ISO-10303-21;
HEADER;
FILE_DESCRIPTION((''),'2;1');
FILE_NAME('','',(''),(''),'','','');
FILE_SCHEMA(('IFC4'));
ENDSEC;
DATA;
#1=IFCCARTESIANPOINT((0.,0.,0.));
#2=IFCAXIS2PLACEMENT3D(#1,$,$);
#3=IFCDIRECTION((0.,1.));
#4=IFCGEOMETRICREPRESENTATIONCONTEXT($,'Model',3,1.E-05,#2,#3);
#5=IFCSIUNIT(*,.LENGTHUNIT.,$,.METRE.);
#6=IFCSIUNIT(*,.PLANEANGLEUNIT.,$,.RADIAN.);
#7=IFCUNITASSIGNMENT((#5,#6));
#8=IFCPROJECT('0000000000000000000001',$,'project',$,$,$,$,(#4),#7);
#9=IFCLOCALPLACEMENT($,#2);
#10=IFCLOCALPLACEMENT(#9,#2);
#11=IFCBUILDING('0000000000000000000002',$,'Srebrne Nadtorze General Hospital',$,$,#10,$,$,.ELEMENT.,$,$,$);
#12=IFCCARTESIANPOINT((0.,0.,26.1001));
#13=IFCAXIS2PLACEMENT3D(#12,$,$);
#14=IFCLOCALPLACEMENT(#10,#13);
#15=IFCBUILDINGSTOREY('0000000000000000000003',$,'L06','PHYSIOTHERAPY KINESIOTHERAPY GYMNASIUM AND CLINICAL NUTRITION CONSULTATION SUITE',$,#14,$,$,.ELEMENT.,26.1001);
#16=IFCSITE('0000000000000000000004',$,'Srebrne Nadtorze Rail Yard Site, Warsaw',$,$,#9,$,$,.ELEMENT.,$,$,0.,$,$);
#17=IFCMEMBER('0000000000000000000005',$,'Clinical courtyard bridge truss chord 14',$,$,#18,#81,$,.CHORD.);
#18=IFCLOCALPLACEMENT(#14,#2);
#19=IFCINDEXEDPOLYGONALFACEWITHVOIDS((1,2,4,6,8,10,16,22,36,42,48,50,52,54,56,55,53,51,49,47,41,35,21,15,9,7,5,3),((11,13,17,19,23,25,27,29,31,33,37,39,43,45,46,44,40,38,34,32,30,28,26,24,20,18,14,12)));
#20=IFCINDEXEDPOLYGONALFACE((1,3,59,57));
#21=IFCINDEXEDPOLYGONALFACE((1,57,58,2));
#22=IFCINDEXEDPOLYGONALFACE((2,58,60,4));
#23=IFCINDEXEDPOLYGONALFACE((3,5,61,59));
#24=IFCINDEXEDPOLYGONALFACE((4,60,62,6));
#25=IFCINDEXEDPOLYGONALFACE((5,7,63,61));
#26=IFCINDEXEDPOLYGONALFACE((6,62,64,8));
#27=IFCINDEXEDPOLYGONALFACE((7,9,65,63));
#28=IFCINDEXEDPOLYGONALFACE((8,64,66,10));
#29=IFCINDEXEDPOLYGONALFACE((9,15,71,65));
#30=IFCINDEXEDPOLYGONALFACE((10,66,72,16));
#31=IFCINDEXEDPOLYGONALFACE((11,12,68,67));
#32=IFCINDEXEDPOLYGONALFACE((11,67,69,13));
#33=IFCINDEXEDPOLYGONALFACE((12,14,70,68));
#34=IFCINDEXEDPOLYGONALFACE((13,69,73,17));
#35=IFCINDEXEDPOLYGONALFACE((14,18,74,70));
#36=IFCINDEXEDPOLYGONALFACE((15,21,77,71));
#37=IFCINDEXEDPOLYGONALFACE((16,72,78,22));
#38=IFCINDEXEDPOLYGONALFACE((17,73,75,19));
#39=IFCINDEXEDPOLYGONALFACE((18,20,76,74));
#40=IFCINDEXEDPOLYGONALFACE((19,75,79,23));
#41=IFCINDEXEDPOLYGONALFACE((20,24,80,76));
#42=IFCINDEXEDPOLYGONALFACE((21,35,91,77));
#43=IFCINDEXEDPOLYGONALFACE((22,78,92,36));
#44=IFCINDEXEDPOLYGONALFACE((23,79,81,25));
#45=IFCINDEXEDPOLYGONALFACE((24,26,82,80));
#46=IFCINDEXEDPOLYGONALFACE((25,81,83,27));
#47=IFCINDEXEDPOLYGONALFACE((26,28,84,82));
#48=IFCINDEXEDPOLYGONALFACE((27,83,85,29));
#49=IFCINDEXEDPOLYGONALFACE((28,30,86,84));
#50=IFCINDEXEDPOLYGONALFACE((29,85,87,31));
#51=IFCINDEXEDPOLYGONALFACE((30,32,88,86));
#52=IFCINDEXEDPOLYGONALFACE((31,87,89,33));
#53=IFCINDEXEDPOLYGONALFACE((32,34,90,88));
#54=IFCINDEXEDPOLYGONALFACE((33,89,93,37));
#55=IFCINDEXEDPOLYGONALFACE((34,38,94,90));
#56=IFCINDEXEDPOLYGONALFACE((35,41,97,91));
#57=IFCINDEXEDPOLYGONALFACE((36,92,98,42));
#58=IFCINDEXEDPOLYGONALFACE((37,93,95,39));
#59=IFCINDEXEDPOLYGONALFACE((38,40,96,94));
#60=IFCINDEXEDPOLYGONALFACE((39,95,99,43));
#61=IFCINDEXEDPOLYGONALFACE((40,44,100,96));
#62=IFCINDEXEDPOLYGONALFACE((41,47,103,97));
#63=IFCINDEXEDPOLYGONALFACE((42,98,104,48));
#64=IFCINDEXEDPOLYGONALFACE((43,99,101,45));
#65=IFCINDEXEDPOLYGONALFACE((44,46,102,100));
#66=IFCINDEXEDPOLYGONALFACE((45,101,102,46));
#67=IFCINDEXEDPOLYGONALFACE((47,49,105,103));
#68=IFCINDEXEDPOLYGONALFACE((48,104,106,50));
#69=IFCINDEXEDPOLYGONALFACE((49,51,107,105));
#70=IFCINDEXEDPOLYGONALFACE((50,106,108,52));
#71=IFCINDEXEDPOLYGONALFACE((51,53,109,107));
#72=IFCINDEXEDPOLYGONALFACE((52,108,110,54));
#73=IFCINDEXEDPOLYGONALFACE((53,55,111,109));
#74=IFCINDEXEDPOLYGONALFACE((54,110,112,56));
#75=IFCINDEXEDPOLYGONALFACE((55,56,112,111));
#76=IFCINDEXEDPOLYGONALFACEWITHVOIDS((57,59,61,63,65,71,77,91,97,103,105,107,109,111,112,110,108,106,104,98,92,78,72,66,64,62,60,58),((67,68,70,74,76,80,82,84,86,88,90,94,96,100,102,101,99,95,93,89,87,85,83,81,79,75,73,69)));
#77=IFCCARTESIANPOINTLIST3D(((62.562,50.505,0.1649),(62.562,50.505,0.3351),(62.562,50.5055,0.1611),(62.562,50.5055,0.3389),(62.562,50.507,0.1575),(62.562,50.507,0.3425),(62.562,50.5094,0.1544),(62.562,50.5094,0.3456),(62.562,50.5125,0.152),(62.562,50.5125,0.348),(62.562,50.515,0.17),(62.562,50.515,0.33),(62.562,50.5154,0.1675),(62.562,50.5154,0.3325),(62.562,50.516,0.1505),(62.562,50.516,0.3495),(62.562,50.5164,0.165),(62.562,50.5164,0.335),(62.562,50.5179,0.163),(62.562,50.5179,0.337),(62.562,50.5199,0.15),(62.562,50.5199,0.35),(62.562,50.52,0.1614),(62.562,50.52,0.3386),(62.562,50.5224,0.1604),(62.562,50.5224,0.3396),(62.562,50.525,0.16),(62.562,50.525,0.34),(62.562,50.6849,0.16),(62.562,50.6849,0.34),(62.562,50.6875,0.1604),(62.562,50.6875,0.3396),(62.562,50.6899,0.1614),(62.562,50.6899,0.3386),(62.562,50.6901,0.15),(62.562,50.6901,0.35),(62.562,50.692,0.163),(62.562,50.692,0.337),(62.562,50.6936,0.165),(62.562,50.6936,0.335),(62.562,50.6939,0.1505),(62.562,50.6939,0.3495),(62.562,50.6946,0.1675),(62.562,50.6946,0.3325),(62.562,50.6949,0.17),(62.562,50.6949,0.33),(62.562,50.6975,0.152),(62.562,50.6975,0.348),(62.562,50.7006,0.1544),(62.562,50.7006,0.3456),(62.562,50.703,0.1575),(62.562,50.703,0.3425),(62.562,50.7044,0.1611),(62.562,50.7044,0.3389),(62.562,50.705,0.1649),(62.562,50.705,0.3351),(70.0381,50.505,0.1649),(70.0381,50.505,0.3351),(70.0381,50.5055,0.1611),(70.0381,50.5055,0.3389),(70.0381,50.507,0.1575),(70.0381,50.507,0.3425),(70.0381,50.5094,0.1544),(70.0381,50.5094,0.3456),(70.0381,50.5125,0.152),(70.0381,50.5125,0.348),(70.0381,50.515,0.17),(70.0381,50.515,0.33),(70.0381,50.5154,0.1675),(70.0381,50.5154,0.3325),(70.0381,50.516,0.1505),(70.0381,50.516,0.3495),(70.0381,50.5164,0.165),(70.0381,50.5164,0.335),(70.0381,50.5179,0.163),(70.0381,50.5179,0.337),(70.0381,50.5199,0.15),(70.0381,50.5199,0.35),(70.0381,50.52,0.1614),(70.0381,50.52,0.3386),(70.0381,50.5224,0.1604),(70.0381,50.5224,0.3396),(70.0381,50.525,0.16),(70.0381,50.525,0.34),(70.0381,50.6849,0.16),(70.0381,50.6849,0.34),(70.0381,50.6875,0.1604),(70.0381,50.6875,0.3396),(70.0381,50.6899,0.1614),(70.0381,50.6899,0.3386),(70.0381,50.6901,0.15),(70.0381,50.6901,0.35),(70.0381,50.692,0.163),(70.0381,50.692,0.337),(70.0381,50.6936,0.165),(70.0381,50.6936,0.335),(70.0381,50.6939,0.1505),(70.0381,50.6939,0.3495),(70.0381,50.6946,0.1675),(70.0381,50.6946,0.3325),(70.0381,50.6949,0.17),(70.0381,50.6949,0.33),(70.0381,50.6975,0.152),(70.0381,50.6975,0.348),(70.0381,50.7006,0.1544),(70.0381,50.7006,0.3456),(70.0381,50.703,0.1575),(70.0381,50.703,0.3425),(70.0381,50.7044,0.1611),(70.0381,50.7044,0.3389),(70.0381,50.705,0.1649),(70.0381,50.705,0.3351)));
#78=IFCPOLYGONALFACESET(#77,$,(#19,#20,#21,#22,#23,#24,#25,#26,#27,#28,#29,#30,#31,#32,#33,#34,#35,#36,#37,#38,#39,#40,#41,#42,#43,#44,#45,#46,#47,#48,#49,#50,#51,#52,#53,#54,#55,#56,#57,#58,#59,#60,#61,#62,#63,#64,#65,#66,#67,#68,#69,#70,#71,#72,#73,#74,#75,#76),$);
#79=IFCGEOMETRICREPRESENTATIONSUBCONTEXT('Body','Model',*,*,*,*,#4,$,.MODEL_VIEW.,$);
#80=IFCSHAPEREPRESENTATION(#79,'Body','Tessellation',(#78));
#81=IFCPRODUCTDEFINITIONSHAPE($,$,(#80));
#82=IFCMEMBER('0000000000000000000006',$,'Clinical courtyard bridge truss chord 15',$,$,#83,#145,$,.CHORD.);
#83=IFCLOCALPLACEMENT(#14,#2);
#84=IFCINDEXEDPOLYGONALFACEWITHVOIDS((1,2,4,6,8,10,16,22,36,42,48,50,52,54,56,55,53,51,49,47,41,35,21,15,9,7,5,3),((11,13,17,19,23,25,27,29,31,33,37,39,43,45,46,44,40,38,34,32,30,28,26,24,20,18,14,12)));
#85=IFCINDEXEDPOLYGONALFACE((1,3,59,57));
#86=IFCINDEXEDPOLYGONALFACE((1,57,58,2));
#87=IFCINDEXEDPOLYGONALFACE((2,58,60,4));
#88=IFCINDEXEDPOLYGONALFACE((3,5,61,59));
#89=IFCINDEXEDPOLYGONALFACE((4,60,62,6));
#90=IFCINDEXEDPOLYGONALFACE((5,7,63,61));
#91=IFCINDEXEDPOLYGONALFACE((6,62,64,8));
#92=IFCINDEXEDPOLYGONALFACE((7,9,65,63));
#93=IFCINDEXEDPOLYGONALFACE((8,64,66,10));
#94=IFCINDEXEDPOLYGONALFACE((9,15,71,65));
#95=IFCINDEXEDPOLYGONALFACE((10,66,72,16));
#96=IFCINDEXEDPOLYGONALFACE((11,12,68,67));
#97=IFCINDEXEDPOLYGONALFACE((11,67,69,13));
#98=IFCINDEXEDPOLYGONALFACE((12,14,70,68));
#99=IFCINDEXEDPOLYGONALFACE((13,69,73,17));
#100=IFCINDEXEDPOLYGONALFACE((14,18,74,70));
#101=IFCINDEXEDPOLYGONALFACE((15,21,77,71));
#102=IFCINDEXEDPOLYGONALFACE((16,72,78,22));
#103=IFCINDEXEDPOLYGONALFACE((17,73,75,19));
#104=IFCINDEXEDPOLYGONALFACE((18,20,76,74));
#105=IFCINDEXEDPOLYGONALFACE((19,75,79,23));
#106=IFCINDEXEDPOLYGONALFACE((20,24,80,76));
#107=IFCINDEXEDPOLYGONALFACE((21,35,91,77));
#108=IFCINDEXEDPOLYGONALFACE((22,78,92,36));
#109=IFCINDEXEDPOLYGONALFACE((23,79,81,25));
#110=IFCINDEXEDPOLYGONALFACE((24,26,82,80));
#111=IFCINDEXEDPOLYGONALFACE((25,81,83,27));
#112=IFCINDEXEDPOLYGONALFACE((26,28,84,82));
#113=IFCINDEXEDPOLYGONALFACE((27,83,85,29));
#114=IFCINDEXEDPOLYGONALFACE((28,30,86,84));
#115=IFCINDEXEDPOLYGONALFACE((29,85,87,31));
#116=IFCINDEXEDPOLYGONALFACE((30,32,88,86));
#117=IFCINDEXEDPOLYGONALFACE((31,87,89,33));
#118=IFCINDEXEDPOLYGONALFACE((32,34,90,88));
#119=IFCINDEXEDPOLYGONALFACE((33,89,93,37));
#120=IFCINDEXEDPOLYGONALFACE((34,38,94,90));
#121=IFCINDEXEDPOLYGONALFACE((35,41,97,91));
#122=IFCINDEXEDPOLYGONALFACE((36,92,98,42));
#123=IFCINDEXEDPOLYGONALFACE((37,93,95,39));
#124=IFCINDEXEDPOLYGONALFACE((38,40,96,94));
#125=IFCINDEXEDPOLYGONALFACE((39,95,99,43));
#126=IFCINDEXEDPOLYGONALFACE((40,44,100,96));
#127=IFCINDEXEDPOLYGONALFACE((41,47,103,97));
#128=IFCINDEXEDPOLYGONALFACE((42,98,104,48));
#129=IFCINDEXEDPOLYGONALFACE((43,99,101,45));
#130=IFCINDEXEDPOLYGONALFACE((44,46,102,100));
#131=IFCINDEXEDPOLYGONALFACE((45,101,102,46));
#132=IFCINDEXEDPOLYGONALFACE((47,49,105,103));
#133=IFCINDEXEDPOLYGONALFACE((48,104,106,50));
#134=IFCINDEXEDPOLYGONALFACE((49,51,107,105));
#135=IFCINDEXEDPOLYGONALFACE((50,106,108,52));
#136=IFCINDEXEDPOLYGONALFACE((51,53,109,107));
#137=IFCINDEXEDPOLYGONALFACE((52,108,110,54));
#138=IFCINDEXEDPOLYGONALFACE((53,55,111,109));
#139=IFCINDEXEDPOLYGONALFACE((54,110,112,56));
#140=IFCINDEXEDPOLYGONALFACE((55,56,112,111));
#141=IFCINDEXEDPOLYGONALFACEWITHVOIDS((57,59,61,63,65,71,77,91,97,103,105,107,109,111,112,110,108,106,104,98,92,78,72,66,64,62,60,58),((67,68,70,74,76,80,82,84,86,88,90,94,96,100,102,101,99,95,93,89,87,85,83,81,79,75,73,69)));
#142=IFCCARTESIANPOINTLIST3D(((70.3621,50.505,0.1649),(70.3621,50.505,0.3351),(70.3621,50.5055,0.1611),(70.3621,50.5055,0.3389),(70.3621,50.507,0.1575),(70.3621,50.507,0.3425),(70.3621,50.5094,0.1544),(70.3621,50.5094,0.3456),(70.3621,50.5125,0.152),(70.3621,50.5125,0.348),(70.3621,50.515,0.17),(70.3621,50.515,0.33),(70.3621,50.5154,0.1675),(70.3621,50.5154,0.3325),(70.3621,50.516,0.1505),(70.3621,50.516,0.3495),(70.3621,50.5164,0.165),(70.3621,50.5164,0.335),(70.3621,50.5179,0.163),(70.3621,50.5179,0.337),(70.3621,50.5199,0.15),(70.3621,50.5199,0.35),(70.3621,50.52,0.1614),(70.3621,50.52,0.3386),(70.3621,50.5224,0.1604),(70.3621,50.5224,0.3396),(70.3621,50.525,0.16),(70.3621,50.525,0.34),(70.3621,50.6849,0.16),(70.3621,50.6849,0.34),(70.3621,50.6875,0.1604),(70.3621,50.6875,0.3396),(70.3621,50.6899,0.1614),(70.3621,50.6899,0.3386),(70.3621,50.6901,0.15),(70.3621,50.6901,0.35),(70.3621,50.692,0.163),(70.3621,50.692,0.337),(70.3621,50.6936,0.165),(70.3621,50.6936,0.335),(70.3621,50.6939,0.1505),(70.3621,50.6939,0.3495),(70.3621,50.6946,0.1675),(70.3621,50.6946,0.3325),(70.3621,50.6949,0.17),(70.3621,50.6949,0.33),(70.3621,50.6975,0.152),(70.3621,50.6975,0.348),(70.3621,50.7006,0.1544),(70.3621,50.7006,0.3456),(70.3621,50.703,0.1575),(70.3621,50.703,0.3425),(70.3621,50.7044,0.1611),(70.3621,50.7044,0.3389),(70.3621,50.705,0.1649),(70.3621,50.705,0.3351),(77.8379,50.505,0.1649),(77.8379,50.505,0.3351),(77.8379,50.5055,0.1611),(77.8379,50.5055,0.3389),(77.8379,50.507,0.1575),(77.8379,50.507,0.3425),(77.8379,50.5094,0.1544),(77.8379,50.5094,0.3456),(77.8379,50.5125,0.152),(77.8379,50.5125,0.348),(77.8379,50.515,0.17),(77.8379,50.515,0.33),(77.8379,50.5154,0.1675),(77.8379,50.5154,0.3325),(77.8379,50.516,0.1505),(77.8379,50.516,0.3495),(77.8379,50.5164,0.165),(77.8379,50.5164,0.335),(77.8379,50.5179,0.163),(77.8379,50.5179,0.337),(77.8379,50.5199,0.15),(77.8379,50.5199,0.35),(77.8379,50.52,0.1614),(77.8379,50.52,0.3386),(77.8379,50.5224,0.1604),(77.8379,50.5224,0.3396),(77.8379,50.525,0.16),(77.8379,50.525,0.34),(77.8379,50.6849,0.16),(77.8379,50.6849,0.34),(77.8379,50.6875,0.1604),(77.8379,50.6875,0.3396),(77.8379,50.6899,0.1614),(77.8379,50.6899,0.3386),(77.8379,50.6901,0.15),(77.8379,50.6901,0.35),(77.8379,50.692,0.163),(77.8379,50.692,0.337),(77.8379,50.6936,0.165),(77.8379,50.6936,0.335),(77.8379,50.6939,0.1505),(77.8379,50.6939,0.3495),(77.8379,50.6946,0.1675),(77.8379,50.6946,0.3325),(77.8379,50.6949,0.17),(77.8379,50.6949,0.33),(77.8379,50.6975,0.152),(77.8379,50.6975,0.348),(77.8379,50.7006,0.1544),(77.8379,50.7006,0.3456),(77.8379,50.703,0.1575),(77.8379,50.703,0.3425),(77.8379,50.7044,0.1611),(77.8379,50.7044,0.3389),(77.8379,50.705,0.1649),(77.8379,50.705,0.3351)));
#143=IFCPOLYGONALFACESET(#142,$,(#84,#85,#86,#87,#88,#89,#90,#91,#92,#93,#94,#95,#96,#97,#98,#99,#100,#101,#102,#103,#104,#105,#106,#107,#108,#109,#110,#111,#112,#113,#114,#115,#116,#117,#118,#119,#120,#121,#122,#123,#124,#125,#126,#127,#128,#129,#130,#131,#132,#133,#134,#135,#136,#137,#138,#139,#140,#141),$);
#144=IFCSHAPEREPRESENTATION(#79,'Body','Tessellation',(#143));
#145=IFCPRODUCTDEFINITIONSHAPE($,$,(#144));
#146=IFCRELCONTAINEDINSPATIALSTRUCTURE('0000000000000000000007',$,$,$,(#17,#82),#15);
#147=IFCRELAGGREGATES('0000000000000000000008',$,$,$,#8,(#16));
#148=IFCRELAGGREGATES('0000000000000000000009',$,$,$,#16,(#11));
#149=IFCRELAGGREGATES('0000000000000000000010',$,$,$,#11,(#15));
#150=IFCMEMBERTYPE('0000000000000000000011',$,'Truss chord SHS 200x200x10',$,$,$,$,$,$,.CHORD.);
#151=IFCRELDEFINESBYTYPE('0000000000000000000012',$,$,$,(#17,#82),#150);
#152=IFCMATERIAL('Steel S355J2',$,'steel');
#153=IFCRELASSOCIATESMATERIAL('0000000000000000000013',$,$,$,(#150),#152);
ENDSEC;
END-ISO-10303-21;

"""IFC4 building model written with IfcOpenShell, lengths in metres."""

from ifc_helpers import new_model, si_unit, direction, frame, origin, origin_2d, place, context, subcontext, project, spatial, hollow_rectangle, extrude, material, material_profile, profile_set, type_object, element, save


model = new_model("IFC4")

# Units and contexts
model_context = context("Model", 3, precision=1e-05, world=origin(), true_north=direction((0.0, 1.0)))
body_context = subcontext(model_context, "Body", "Model", "MODEL_VIEW")
ifc_project = project(units=[si_unit("LENGTHUNIT", "METRE"), si_unit("PLANEANGLEUNIT", "RADIAN")], contexts=[model_context])

# Site, building, storey
site_placement = place(None, origin())
site = spatial("IfcSite", under=ifc_project, at=site_placement, Name="Srebrne Nadtorze Rail Yard Site, Warsaw", CompositionType="ELEMENT", RefElevation=0.0)
building_placement = place(site_placement, origin())
building = spatial("IfcBuilding", under=site, at=building_placement, Name="Srebrne Nadtorze General Hospital", CompositionType="ELEMENT")
storey_placement = place(building_placement, frame((0.0, 0.0, 26.1001)))
storey = spatial("IfcBuildingStorey", under=building, at=storey_placement, Name="L06", Description="PHYSIOTHERAPY KINESIOTHERAPY GYMNASIUM AND CLINICAL NUTRITION CONSULTATION SUITE", CompositionType="ELEMENT", Elevation=26.1001)

# Members
ifc_material_1 = material(Name="Steel S355J2", Category="steel")
ifc_material_profile_1 = material_profile(ifc_material_1, hollow_rectangle(XDim=0.2, YDim=0.2, WallThickness=0.01, InnerFilletRadius=0.01, OuterFilletRadius=0.0149, at=origin_2d()), Name="SHS-200x200x10")
ifc_profile_set_1 = profile_set([ifc_material_profile_1], Name="Steel S355J2")
member_type_1 = type_object("IfcMemberType", Name="Truss chord SHS 200x200x10", PredefinedType="CHORD", material=ifc_profile_set_1)
member_1_placement = place(storey_placement, frame((62.562, 50.605, 0.25), z_axis=(1.0, 0.0, 0.0), x_axis=(0.0, 1.0, 0.0)))
element("IfcMember", 1, at=member_1_placement, inside=storey, type_object=member_type_1, Name="Clinical courtyard bridge truss chord 14", PredefinedType="CHORD", context=body_context, shape_type="SweptSolid", body=[
    extrude(hollow_rectangle(XDim=0.2, YDim=0.2, WallThickness=0.01, InnerFilletRadius=0.01, OuterFilletRadius=0.0149, at=origin_2d()), origin(), (0.0, 0.0, 1.0), 7.4761),
])
for number, where, z_axis, x_axis, name in (
    (2, (70.3621, 50.605, 0.25), (1.0, 0.0, 0.0), (0.0, 1.0, 0.0), "Clinical courtyard bridge truss chord 15"),
):
    element("IfcMember", number, at=place(storey_placement, frame(where, z_axis=z_axis, x_axis=x_axis)), inside=storey, type_object=member_type_1, Name=name, PredefinedType="CHORD", context=body_context, shape_type="SweptSolid", body=[
        extrude(hollow_rectangle(XDim=0.2, YDim=0.2, WallThickness=0.01, InnerFilletRadius=0.01, OuterFilletRadius=0.0149, at=origin_2d()), origin(), (0.0, 0.0, 1.0), 7.4758),
    ])

save(model, "model.ifc")
